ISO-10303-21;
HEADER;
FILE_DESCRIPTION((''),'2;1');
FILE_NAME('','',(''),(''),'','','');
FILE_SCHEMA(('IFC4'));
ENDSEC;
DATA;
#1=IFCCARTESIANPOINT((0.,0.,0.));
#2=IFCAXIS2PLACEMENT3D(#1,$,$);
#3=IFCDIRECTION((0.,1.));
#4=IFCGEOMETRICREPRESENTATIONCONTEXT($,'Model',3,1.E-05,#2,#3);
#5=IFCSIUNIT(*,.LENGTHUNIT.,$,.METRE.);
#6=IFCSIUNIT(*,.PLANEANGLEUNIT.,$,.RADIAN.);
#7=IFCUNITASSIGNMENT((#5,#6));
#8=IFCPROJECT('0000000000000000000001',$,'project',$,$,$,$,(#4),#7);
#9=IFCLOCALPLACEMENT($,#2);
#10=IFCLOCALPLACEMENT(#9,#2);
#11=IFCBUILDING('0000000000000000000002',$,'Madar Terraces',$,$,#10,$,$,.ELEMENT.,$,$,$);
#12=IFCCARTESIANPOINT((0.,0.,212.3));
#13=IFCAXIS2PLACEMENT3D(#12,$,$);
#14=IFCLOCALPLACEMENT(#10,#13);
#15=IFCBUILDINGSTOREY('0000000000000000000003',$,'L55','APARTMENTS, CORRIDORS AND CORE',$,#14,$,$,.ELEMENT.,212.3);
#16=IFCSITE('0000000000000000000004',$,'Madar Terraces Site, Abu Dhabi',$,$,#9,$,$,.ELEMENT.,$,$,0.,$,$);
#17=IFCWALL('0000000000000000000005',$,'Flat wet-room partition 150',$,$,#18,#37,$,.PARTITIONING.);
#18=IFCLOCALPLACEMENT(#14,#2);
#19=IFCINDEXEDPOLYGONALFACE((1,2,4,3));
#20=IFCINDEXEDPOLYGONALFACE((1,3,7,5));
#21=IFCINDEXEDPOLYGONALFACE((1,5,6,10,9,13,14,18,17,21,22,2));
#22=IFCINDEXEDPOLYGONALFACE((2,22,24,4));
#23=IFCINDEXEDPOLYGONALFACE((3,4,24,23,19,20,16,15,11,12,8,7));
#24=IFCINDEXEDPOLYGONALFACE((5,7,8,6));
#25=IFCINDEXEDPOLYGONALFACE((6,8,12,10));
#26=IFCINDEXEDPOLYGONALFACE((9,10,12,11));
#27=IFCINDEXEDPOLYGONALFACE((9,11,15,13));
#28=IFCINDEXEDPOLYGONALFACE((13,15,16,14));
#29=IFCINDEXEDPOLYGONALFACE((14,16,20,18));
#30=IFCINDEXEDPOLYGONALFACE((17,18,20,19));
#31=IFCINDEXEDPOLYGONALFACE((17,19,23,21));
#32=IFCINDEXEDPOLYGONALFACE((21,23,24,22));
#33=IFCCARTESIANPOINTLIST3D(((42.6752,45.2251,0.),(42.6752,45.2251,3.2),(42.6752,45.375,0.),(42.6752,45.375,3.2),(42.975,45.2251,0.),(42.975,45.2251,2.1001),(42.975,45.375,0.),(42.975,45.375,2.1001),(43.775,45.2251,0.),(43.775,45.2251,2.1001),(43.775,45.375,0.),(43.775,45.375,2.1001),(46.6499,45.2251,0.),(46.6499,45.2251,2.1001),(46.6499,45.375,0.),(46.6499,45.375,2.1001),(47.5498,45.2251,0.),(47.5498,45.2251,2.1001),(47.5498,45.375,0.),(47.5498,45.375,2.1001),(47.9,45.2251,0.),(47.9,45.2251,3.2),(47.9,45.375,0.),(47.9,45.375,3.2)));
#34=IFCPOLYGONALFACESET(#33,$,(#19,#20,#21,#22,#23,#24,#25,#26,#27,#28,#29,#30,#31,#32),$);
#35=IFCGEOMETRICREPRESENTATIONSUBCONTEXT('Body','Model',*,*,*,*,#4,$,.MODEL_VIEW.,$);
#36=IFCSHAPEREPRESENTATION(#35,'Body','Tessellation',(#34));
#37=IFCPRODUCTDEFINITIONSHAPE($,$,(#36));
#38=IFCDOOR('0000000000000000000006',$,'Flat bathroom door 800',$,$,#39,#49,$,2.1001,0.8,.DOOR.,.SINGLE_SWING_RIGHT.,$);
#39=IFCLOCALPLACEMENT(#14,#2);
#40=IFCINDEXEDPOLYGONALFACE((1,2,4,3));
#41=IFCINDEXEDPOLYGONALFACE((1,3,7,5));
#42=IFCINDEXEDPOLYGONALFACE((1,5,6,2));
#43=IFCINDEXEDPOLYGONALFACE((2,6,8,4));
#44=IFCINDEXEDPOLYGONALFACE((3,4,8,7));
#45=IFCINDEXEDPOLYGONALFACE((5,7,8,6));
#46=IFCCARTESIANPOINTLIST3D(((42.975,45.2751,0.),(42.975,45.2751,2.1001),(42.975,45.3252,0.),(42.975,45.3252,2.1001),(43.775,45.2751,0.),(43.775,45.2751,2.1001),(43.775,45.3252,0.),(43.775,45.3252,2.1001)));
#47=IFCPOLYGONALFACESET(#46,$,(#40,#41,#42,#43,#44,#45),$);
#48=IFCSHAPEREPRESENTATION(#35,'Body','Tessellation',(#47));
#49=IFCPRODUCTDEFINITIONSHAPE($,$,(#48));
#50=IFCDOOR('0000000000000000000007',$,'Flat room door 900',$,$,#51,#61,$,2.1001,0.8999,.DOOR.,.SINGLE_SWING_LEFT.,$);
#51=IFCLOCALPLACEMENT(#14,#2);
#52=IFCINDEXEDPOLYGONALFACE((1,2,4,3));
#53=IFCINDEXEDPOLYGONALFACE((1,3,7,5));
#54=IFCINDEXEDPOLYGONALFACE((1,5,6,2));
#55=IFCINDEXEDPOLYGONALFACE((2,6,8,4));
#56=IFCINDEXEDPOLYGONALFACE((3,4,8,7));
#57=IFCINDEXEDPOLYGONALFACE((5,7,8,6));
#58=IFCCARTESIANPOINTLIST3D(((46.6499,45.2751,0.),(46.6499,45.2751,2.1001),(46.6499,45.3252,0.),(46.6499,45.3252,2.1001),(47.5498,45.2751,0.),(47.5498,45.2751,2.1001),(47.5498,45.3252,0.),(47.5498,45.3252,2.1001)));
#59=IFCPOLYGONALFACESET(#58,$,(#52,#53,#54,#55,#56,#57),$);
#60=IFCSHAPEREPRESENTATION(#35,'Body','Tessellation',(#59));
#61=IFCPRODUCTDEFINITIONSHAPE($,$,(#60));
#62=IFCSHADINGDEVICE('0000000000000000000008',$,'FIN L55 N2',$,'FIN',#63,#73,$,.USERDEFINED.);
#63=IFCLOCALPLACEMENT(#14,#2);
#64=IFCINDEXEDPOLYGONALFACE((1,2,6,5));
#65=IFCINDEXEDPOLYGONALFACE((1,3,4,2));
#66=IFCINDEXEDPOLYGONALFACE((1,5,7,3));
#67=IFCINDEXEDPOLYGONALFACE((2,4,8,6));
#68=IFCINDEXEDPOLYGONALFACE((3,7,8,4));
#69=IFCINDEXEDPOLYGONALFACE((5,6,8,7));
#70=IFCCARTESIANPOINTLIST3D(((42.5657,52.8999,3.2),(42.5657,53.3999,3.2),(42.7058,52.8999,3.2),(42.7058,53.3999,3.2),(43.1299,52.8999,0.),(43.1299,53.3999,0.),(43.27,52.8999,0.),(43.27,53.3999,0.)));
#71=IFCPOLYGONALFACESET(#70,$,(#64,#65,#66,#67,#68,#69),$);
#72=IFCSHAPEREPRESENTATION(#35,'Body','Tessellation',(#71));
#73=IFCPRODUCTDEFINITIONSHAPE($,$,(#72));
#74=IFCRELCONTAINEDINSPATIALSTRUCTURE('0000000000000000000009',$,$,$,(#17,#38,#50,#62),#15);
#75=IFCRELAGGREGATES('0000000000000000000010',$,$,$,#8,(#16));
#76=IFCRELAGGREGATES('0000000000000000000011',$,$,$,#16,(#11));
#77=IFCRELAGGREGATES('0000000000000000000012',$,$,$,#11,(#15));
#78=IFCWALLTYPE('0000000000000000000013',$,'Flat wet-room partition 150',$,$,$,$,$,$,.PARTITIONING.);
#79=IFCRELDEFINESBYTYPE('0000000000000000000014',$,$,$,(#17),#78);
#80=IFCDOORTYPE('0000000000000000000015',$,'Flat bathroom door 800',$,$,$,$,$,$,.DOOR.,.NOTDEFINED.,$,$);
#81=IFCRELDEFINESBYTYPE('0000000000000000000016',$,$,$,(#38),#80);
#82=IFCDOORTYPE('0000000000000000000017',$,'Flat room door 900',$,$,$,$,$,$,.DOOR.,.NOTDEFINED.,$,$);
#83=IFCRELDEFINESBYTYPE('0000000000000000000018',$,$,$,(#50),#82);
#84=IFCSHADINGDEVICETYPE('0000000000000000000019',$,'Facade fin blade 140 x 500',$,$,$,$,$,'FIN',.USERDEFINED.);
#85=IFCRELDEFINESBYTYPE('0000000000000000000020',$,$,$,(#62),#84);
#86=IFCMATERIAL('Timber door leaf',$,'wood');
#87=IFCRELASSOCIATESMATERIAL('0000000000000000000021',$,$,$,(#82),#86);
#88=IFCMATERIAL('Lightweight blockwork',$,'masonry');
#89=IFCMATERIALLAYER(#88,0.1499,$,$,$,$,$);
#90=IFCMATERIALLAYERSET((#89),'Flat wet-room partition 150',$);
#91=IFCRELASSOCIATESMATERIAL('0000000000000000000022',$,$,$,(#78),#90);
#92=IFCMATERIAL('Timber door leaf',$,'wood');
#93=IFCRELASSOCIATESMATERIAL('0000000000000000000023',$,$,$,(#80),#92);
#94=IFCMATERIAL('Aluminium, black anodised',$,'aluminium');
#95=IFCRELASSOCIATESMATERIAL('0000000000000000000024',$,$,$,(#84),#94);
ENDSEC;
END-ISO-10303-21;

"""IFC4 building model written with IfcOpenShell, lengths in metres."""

from ifc_helpers import new_model, si_unit, direction, frame, frame_2d, origin, place, context, subcontext, project, spatial, polyline, rectangle, outline, extrude, material, layer, layer_set, type_object, element, fill, save


model = new_model("IFC4")

# Units and contexts
model_context = context("Model", 3, precision=1e-05, world=origin(), true_north=direction((0.0, 1.0)))
body_context = subcontext(model_context, "Body", "Model", "MODEL_VIEW")
ifc_project = project(units=[si_unit("LENGTHUNIT", "METRE"), si_unit("PLANEANGLEUNIT", "RADIAN")], contexts=[model_context])

# Site, building, storey
site_placement = place(None, origin())
site = spatial("IfcSite", under=ifc_project, at=site_placement, Name="Madar Terraces Site, Abu Dhabi", CompositionType="ELEMENT", RefElevation=0.0)
building_placement = place(site_placement, origin())
building = spatial("IfcBuilding", under=site, at=building_placement, Name="Madar Terraces", CompositionType="ELEMENT")
storey_placement = place(building_placement, frame((0.0, 0.0, 212.3)))
storey = spatial("IfcBuildingStorey", under=building, at=storey_placement, Name="L55", Description="APARTMENTS, CORRIDORS AND CORE", CompositionType="ELEMENT", Elevation=212.3)

# Shared definitions
ifc_material_1 = material(Name="Timber door leaf", Category="wood")
door_type_1 = type_object("IfcDoorType", Name="Flat room door 900", OperationType="NOTDEFINED", PredefinedType="DOOR", material=ifc_material_1)

# Shared definitions
ifc_material_2 = material(Name="Lightweight blockwork", Category="masonry")
ifc_layer_1 = layer(ifc_material_2, 0.1499)
ifc_layer_set_1 = layer_set([ifc_layer_1], Name="Flat wet-room partition 150")
wall_type_1 = type_object("IfcWallType", Name="Flat wet-room partition 150", PredefinedType="PARTITIONING", material=ifc_layer_set_1)

# Wall, openings, doors
wall_1_placement = place(storey_placement, frame((47.8999, 45.3, 0.0), z_axis=(0.0, 0.0, 1.0), x_axis=(-1.0, 0.0, 0.0)))
wall_1 = element("IfcWall", 1, at=wall_1_placement, inside=storey, type_object=wall_type_1, Name="Flat wet-room partition 150", PredefinedType="PARTITIONING", context=body_context, shape_type="SweptSolid", body=[
    extrude(rectangle(XDim=5.2249, YDim=0.1499, at=frame_2d((2.6123, 0.0))), origin(), (0.0, 0.0, 1.0), 3.2),
])
opening_1_placement = place(wall_1_placement, frame((4.125, 0.0, 0.0)))
opening_1 = element("IfcOpeningElement", 2, at=opening_1_placement, cuts=wall_1, PredefinedType="OPENING", context=body_context, shape_type="SweptSolid", body=[
    extrude(rectangle(XDim=0.8, YDim=2.1001, at=frame_2d((0.3999, 1.05))), frame((0.0, 0.085, 0.0), z_axis=(0.0, -1.0, 0.0), x_axis=(1.0, 0.0, 0.0)), (0.0, 0.0, 1.0), 0.1699),
])
opening_2_placement = place(wall_1_placement, frame((0.3501, 0.0, 0.0)))
opening_2 = element("IfcOpeningElement", 3, at=opening_2_placement, cuts=wall_1, PredefinedType="OPENING", context=body_context, shape_type="SweptSolid", body=[
    extrude(rectangle(XDim=0.8999, YDim=2.1001, at=frame_2d((0.45, 1.05))), frame((0.0, 0.085, 0.0), z_axis=(0.0, -1.0, 0.0), x_axis=(1.0, 0.0, 0.0)), (0.0, 0.0, 1.0), 0.1699),
])
ifc_material_3 = material(Name="Timber door leaf", Category="wood")
door_type_2 = type_object("IfcDoorType", Name="Flat bathroom door 800", OperationType="NOTDEFINED", PredefinedType="DOOR", material=ifc_material_3)
door_1_placement = place(opening_1_placement, origin())
door_1 = element("IfcDoor", 4, at=door_1_placement, inside=storey, type_object=door_type_2, Name="Flat bathroom door 800", OperationType="SINGLE_SWING_RIGHT", OverallHeight=2.1001, OverallWidth=0.8, PredefinedType="DOOR", context=body_context, shape_type="SweptSolid", body=[
    extrude(rectangle(XDim=0.8, YDim=2.1001, at=frame_2d((0.3999, 1.05))), frame((0.0, 0.0249, 0.0), z_axis=(0.0, -1.0, 0.0), x_axis=(1.0, 0.0, 0.0)), (0.0, 0.0, 1.0), 0.05),
])
fill(opening_1, door_1)
door_2_placement = place(opening_2_placement, origin())
door_2 = element("IfcDoor", 5, at=door_2_placement, inside=storey, type_object=door_type_1, Name="Flat room door 900", OperationType="SINGLE_SWING_LEFT", OverallHeight=2.1001, OverallWidth=0.8999, PredefinedType="DOOR", context=body_context, shape_type="SweptSolid", body=[
    extrude(rectangle(XDim=0.8999, YDim=2.1001, at=frame_2d((0.45, 1.05))), frame((0.0, 0.0249, 0.0), z_axis=(0.0, -1.0, 0.0), x_axis=(1.0, 0.0, 0.0)), (0.0, 0.0, 1.0), 0.05),
])
fill(opening_2, door_2)

# Shading device
ifc_material_4 = material(Name="Aluminium, black anodised", Category="aluminium")
shading_device_type = type_object("IfcShadingDeviceType", Name="Facade fin blade 140 x 500", ElementType="FIN", PredefinedType="USERDEFINED", material=ifc_material_4)
shading_device_placement = place(storey_placement, frame((43.27, 53.1499, 0.0), z_axis=(0.0, 0.0, 1.0), x_axis=(-1.0, 0.0, 0.0)))
element("IfcShadingDevice", 6, at=shading_device_placement, inside=storey, type_object=shading_device_type, Name="FIN L55 N2", ObjectType="FIN", PredefinedType="USERDEFINED", context=body_context, shape_type="SweptSolid", body=[
    extrude(outline(polyline([(0.0, 0.0), (0.1401, 0.0), (0.7043, 3.2), (0.5642, 3.2), (0.0, 0.0)])), frame((0.0, 0.25, 0.0), z_axis=(0.0, -1.0, 0.0), x_axis=(1.0, 0.0, 0.0)), (0.0, 0.0, 1.0), 0.5),
])

save(model, "model.ifc")
